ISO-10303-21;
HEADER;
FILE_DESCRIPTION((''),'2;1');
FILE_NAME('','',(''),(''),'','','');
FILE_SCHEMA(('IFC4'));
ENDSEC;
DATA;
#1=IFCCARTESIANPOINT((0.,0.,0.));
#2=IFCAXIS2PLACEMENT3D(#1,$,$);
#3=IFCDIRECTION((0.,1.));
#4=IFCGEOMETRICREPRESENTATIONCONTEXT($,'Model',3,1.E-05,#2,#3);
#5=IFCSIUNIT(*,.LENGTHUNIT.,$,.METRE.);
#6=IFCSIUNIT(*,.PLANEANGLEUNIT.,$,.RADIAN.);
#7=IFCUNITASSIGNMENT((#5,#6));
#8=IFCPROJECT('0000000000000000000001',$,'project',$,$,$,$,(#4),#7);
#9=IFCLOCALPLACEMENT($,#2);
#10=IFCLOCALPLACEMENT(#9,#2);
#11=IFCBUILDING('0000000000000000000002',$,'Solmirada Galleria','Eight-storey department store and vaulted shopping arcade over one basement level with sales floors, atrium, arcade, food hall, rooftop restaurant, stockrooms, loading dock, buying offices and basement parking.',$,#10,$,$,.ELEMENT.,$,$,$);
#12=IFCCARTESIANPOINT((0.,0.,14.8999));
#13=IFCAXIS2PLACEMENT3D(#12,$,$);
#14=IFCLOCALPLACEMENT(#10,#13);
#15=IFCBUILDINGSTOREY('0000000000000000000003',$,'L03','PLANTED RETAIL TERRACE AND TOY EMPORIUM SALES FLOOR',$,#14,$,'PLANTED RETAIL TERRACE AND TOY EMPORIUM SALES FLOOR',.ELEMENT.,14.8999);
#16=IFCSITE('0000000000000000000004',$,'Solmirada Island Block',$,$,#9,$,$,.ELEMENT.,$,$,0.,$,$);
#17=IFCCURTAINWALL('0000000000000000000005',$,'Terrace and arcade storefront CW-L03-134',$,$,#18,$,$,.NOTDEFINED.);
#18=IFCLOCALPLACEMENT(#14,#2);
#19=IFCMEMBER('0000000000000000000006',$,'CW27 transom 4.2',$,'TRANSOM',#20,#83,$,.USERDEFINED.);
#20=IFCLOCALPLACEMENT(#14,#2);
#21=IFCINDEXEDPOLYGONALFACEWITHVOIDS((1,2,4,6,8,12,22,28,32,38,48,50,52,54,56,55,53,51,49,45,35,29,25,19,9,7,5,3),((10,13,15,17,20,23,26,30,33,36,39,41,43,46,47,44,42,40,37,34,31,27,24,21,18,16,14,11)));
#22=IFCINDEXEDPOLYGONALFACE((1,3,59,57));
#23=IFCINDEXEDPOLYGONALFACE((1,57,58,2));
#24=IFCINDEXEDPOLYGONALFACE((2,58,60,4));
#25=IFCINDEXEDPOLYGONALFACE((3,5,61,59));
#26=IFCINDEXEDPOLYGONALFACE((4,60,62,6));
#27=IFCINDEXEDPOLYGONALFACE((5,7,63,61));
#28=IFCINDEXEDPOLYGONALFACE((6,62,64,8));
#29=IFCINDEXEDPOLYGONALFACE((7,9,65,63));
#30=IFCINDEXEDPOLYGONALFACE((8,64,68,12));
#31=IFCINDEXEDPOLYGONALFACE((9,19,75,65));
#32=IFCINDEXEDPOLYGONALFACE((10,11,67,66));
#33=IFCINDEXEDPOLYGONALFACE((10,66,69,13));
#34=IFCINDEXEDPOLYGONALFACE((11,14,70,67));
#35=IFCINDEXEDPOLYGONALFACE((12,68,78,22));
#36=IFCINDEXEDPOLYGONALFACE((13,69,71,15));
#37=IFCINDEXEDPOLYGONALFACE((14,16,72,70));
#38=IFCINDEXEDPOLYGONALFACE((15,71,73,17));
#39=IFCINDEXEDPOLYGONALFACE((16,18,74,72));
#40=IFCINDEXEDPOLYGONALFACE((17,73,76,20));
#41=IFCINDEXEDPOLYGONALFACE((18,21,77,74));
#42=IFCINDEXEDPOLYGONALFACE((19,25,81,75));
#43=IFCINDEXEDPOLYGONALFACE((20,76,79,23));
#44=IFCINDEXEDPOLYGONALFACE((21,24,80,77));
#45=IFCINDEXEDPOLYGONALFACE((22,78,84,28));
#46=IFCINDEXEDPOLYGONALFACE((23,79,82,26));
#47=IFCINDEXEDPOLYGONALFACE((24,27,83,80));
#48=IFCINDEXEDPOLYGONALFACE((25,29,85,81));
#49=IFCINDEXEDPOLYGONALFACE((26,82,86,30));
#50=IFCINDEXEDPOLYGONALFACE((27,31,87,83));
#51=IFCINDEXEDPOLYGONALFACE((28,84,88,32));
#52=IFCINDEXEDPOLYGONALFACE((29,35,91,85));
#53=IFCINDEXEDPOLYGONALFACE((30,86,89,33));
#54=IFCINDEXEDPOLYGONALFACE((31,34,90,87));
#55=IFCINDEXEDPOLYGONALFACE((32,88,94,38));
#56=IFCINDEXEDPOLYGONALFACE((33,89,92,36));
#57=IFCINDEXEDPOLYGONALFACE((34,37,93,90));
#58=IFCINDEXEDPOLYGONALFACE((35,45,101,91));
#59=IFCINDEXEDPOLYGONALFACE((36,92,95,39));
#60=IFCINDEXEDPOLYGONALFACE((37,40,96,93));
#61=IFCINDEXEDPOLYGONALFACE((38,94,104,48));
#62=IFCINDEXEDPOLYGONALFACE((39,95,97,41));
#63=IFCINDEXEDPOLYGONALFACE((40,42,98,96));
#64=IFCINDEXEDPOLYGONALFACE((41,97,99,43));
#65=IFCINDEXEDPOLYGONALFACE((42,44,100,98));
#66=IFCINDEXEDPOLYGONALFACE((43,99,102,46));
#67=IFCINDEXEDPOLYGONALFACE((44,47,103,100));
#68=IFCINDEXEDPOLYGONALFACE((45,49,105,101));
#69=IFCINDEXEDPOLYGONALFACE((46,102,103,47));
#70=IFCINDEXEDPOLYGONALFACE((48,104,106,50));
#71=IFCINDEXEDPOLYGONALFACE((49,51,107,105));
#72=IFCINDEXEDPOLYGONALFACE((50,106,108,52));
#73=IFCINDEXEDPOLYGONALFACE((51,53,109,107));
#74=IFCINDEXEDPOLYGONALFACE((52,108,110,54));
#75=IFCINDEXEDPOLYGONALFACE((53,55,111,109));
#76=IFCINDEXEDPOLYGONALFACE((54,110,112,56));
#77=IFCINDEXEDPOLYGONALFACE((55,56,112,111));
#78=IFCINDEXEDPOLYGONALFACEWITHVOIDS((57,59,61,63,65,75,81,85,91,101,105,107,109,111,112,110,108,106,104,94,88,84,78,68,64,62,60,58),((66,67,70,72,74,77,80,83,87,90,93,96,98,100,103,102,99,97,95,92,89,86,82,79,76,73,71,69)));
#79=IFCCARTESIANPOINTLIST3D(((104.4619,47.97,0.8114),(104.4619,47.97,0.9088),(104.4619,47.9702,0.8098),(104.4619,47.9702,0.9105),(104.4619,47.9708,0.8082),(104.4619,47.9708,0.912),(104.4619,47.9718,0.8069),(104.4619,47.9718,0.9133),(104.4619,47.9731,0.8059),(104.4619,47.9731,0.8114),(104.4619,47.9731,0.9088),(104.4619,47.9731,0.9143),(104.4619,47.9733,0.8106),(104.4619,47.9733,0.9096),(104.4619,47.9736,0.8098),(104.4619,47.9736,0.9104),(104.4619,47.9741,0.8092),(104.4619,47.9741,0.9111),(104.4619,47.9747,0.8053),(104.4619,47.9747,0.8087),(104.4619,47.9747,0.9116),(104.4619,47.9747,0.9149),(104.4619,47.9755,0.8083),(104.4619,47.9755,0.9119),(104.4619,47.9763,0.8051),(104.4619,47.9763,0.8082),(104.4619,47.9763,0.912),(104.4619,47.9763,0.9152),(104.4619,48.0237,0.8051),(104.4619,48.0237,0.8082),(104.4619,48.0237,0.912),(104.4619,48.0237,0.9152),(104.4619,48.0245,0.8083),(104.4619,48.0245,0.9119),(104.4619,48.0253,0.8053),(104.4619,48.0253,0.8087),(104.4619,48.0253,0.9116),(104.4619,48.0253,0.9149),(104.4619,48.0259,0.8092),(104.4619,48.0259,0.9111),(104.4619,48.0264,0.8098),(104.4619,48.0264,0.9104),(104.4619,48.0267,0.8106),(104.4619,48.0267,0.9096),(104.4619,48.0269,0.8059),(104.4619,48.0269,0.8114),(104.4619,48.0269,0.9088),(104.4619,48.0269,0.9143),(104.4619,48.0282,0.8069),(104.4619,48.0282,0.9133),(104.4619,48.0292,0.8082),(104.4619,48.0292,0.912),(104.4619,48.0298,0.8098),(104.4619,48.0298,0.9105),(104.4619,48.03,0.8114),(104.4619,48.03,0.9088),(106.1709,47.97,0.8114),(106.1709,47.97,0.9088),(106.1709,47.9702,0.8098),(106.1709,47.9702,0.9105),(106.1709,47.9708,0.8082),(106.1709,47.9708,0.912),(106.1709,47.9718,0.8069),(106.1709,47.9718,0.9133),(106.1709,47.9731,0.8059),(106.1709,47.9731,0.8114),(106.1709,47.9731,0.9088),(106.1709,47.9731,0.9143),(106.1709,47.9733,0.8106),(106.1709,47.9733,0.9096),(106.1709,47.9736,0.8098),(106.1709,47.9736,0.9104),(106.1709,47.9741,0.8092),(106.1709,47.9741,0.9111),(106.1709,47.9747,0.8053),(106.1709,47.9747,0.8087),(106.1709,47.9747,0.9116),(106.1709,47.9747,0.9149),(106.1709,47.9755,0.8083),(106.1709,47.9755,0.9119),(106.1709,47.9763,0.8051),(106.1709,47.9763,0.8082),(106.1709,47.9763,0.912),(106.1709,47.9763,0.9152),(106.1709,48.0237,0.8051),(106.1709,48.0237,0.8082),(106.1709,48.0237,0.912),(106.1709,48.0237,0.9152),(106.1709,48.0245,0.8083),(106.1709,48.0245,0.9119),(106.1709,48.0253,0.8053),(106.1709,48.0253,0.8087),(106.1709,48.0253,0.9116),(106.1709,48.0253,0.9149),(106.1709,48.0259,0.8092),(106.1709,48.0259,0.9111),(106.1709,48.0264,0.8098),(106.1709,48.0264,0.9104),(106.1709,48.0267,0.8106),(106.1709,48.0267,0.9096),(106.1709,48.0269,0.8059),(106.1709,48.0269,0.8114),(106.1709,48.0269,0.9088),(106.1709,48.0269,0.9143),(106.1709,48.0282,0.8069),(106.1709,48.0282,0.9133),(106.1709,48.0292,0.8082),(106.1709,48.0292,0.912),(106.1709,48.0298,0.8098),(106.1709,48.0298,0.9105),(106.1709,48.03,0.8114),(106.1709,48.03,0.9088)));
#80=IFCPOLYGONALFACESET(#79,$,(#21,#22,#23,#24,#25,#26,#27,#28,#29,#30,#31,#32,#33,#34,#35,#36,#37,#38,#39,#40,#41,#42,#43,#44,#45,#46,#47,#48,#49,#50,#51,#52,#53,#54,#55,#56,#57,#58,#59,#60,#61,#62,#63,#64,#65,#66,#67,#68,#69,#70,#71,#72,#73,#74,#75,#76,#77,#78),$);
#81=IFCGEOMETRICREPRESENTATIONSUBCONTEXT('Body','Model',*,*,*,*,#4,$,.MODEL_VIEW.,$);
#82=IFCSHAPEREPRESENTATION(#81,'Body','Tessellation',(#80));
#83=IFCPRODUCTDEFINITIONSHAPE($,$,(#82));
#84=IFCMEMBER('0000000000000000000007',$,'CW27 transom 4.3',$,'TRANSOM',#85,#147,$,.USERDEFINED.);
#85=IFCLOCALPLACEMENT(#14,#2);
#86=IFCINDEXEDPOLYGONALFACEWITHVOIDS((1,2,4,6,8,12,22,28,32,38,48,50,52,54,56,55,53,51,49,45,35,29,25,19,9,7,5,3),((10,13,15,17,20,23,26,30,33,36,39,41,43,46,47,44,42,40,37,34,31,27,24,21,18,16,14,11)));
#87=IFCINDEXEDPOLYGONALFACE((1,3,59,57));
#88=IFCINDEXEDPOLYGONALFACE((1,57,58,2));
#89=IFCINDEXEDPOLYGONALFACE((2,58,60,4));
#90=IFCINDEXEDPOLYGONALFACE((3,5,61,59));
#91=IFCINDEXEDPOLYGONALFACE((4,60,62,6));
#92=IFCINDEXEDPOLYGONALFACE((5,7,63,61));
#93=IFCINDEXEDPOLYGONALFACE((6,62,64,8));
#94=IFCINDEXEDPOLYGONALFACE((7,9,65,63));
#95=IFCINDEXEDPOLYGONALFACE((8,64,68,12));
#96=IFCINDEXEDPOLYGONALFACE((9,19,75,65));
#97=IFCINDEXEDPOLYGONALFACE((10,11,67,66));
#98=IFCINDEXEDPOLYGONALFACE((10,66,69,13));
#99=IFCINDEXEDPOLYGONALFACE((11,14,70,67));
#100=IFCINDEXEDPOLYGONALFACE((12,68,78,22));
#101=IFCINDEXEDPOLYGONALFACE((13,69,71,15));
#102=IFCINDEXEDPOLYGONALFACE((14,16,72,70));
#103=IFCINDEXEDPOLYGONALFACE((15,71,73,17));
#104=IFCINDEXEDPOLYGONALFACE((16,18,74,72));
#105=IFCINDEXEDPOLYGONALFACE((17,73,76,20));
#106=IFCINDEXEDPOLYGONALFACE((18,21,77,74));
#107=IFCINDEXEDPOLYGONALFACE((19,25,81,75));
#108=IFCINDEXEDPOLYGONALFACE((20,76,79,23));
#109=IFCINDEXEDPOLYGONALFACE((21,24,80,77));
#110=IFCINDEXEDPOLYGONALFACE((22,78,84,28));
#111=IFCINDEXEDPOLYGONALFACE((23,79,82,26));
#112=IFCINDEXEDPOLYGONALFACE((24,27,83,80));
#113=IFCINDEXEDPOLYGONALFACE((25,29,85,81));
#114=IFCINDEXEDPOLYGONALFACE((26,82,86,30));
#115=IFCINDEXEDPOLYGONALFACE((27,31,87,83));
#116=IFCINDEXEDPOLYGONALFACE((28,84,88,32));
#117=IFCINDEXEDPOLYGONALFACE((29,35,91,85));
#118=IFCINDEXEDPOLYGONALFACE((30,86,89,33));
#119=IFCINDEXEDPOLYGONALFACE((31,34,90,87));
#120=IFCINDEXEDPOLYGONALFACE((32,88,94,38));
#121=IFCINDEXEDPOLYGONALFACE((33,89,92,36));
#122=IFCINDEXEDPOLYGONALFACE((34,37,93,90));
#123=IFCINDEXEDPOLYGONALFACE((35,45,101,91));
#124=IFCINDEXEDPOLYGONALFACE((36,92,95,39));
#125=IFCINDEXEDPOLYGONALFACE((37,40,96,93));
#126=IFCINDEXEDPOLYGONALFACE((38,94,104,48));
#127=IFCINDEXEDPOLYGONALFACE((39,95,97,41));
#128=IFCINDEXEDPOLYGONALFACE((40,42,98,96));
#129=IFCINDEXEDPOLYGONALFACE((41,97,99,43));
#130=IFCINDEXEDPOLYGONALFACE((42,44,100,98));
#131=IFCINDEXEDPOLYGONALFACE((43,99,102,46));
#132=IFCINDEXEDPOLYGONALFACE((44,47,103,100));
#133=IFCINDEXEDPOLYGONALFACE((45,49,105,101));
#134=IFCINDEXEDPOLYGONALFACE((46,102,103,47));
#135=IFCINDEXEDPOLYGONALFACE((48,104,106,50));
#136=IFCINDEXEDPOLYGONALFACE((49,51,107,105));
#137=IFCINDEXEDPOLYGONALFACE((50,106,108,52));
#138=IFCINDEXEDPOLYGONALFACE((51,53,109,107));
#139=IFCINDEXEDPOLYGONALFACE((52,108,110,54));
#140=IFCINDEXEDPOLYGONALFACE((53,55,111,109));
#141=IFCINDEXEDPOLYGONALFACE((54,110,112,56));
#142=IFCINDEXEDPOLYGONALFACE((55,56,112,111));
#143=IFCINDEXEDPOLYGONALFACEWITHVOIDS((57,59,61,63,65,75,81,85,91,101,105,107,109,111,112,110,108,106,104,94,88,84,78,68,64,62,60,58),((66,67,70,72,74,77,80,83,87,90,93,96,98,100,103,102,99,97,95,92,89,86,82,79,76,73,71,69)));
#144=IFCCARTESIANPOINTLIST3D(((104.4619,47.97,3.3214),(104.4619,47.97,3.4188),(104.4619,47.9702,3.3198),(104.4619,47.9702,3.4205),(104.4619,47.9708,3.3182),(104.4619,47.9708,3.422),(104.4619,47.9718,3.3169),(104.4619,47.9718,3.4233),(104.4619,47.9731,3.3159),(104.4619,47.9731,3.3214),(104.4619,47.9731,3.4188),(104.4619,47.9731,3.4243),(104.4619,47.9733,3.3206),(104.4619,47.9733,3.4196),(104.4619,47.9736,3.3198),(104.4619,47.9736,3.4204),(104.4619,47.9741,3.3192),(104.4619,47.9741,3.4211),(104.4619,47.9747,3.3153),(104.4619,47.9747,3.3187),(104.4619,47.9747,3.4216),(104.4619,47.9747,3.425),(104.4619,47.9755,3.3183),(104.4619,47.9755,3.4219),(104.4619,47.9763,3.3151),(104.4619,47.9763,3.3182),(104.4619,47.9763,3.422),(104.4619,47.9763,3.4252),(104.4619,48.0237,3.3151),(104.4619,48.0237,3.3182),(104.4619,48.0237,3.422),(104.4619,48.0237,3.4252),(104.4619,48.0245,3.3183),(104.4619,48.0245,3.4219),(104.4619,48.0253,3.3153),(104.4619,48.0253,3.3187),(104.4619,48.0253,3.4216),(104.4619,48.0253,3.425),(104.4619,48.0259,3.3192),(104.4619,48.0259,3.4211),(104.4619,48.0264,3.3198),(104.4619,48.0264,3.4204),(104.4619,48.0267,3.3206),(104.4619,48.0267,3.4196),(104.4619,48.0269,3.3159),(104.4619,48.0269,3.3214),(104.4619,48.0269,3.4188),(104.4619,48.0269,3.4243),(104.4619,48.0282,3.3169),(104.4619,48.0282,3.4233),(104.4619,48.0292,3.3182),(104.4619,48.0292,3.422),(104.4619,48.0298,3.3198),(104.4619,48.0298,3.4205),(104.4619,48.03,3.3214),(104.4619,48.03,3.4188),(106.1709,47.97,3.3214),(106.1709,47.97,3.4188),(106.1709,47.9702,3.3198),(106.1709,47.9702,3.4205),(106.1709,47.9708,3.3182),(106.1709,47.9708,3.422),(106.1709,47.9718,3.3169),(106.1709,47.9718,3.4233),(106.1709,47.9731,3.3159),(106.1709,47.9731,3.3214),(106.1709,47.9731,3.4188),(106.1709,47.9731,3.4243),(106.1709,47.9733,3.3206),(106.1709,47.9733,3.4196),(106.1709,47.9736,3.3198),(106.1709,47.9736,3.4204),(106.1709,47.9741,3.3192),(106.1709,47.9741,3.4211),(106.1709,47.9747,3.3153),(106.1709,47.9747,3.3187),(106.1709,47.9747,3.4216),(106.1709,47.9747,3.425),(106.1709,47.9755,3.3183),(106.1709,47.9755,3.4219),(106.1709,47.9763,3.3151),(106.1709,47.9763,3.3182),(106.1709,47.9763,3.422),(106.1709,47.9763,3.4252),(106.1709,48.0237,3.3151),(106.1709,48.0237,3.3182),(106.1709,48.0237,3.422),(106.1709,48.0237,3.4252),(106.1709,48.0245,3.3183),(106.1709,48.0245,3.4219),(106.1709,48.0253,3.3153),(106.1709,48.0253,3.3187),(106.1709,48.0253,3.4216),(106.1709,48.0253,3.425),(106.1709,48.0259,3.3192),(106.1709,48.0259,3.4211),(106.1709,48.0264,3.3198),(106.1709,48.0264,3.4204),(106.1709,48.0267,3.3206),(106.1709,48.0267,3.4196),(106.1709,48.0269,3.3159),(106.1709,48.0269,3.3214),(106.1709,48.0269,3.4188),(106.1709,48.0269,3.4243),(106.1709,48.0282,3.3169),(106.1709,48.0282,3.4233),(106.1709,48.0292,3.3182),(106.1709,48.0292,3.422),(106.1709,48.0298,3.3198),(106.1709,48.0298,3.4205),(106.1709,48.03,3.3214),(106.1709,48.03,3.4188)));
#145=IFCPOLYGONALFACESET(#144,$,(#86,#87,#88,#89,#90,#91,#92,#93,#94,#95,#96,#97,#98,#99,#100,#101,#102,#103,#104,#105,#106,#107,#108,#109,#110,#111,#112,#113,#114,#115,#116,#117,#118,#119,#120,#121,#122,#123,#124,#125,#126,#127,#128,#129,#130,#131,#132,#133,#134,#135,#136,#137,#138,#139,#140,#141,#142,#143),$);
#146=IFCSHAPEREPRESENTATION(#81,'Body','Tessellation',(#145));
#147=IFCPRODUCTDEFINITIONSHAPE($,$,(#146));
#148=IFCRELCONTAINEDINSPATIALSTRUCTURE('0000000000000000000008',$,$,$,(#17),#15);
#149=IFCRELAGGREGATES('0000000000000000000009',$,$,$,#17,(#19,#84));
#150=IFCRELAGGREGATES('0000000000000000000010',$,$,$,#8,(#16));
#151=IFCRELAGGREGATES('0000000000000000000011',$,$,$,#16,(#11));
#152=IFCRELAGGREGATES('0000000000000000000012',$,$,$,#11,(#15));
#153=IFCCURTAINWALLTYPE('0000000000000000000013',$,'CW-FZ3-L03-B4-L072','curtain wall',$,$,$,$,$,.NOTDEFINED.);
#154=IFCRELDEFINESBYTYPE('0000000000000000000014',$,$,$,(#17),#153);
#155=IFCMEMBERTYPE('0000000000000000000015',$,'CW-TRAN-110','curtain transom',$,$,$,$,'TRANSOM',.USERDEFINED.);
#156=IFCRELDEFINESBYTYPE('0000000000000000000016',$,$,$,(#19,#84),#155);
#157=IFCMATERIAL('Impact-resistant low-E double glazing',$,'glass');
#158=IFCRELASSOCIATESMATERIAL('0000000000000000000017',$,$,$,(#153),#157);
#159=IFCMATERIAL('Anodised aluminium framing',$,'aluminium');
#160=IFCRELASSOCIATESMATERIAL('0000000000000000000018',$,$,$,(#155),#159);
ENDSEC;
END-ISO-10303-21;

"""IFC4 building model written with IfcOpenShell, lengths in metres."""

from ifc_helpers import new_model, si_unit, direction, frame, origin, origin_2d, place, context, subcontext, project, spatial, hollow_rectangle, extrude, material, material_profile, profile_set, type_object, element, aggregate, save


model = new_model("IFC4")

# Units and contexts
model_context = context("Model", 3, precision=1e-05, world=origin(), true_north=direction((0.0, 1.0)))
body_context = subcontext(model_context, "Body", "Model", "MODEL_VIEW")
ifc_project = project(units=[si_unit("LENGTHUNIT", "METRE"), si_unit("PLANEANGLEUNIT", "RADIAN")], contexts=[model_context])

# Site, building, storey
site_placement = place(None, origin())
site = spatial("IfcSite", under=ifc_project, at=site_placement, Name="Solmirada Island Block", CompositionType="ELEMENT", RefElevation=0.0)
building_placement = place(site_placement, origin())
building = spatial("IfcBuilding", under=site, at=building_placement, Name="Solmirada Galleria", Description="Eight-storey department store and vaulted shopping arcade over one basement level with sales floors, atrium, arcade, food hall, rooftop restaurant, stockrooms, loading dock, buying offices and basement parking.", CompositionType="ELEMENT")
storey_placement = place(building_placement, frame((0.0, 0.0, 14.8999)))
storey = spatial("IfcBuildingStorey", under=building, at=storey_placement, Name="L03", Description="PLANTED RETAIL TERRACE AND TOY EMPORIUM SALES FLOOR", LongName="PLANTED RETAIL TERRACE AND TOY EMPORIUM SALES FLOOR", CompositionType="ELEMENT", Elevation=14.8999)

# Curtain wall
ifc_material_1 = material(Name="Impact-resistant low-E double glazing", Category="glass")
curtain_wall_type_1 = type_object("IfcCurtainWallType", Name="CW-FZ3-L03-B4-L072", Description="curtain wall", PredefinedType="NOTDEFINED", material=ifc_material_1)
curtain_wall_1_placement = place(storey_placement, origin())
curtain_wall_1 = element("IfcCurtainWall", 1, at=curtain_wall_1_placement, inside=storey, type_object=curtain_wall_type_1, Name="Terrace and arcade storefront CW-L03-134", PredefinedType="NOTDEFINED")
ifc_material_2 = material(Name="Anodised aluminium framing", Category="aluminium")

# Members
ifc_material_profile_1 = material_profile(ifc_material_2, hollow_rectangle(XDim=0.0601, YDim=0.1101, WallThickness=0.0032, InnerFilletRadius=0.0032, OuterFilletRadius=0.0063, at=origin_2d()), Name="ALU-TRAN-110X60")
ifc_profile_set_1 = profile_set([ifc_material_profile_1], Name="Anodised aluminium framing")
member_type_1 = type_object("IfcMemberType", Name="CW-TRAN-110", Description="curtain transom", ElementType="TRANSOM", PredefinedType="USERDEFINED", material=ifc_profile_set_1)
member_1_placement = place(storey_placement, frame((106.1709, 48.0, 0.8601), z_axis=(-1.0, 0.0, 0.0), x_axis=(0.0, -1.0, 0.0)))
member_1 = element("IfcMember", 2, at=member_1_placement, type_object=member_type_1, Name="CW27 transom 4.2", ObjectType="TRANSOM", PredefinedType="USERDEFINED", context=body_context, shape_type="SweptSolid", body=[
    extrude(hollow_rectangle(XDim=0.0601, YDim=0.1101, WallThickness=0.0032, InnerFilletRadius=0.0032, OuterFilletRadius=0.0063, at=origin_2d()), origin(), (0.0, 0.0, 1.0), 1.709),
])
member_2_placement = place(storey_placement, frame((106.1709, 48.0, 3.3701), z_axis=(-1.0, 0.0, 0.0), x_axis=(0.0, -1.0, 0.0)))
member_2 = element("IfcMember", 3, at=member_2_placement, type_object=member_type_1, Name="CW27 transom 4.3", ObjectType="TRANSOM", PredefinedType="USERDEFINED", context=body_context, shape_type="SweptSolid", body=[
    extrude(hollow_rectangle(XDim=0.0601, YDim=0.1101, WallThickness=0.0032, InnerFilletRadius=0.0032, OuterFilletRadius=0.0063, at=origin_2d()), origin(), (0.0, 0.0, 1.0), 1.709),
])

aggregate(curtain_wall_1, [member_1, member_2])

save(model, "model.ifc")
